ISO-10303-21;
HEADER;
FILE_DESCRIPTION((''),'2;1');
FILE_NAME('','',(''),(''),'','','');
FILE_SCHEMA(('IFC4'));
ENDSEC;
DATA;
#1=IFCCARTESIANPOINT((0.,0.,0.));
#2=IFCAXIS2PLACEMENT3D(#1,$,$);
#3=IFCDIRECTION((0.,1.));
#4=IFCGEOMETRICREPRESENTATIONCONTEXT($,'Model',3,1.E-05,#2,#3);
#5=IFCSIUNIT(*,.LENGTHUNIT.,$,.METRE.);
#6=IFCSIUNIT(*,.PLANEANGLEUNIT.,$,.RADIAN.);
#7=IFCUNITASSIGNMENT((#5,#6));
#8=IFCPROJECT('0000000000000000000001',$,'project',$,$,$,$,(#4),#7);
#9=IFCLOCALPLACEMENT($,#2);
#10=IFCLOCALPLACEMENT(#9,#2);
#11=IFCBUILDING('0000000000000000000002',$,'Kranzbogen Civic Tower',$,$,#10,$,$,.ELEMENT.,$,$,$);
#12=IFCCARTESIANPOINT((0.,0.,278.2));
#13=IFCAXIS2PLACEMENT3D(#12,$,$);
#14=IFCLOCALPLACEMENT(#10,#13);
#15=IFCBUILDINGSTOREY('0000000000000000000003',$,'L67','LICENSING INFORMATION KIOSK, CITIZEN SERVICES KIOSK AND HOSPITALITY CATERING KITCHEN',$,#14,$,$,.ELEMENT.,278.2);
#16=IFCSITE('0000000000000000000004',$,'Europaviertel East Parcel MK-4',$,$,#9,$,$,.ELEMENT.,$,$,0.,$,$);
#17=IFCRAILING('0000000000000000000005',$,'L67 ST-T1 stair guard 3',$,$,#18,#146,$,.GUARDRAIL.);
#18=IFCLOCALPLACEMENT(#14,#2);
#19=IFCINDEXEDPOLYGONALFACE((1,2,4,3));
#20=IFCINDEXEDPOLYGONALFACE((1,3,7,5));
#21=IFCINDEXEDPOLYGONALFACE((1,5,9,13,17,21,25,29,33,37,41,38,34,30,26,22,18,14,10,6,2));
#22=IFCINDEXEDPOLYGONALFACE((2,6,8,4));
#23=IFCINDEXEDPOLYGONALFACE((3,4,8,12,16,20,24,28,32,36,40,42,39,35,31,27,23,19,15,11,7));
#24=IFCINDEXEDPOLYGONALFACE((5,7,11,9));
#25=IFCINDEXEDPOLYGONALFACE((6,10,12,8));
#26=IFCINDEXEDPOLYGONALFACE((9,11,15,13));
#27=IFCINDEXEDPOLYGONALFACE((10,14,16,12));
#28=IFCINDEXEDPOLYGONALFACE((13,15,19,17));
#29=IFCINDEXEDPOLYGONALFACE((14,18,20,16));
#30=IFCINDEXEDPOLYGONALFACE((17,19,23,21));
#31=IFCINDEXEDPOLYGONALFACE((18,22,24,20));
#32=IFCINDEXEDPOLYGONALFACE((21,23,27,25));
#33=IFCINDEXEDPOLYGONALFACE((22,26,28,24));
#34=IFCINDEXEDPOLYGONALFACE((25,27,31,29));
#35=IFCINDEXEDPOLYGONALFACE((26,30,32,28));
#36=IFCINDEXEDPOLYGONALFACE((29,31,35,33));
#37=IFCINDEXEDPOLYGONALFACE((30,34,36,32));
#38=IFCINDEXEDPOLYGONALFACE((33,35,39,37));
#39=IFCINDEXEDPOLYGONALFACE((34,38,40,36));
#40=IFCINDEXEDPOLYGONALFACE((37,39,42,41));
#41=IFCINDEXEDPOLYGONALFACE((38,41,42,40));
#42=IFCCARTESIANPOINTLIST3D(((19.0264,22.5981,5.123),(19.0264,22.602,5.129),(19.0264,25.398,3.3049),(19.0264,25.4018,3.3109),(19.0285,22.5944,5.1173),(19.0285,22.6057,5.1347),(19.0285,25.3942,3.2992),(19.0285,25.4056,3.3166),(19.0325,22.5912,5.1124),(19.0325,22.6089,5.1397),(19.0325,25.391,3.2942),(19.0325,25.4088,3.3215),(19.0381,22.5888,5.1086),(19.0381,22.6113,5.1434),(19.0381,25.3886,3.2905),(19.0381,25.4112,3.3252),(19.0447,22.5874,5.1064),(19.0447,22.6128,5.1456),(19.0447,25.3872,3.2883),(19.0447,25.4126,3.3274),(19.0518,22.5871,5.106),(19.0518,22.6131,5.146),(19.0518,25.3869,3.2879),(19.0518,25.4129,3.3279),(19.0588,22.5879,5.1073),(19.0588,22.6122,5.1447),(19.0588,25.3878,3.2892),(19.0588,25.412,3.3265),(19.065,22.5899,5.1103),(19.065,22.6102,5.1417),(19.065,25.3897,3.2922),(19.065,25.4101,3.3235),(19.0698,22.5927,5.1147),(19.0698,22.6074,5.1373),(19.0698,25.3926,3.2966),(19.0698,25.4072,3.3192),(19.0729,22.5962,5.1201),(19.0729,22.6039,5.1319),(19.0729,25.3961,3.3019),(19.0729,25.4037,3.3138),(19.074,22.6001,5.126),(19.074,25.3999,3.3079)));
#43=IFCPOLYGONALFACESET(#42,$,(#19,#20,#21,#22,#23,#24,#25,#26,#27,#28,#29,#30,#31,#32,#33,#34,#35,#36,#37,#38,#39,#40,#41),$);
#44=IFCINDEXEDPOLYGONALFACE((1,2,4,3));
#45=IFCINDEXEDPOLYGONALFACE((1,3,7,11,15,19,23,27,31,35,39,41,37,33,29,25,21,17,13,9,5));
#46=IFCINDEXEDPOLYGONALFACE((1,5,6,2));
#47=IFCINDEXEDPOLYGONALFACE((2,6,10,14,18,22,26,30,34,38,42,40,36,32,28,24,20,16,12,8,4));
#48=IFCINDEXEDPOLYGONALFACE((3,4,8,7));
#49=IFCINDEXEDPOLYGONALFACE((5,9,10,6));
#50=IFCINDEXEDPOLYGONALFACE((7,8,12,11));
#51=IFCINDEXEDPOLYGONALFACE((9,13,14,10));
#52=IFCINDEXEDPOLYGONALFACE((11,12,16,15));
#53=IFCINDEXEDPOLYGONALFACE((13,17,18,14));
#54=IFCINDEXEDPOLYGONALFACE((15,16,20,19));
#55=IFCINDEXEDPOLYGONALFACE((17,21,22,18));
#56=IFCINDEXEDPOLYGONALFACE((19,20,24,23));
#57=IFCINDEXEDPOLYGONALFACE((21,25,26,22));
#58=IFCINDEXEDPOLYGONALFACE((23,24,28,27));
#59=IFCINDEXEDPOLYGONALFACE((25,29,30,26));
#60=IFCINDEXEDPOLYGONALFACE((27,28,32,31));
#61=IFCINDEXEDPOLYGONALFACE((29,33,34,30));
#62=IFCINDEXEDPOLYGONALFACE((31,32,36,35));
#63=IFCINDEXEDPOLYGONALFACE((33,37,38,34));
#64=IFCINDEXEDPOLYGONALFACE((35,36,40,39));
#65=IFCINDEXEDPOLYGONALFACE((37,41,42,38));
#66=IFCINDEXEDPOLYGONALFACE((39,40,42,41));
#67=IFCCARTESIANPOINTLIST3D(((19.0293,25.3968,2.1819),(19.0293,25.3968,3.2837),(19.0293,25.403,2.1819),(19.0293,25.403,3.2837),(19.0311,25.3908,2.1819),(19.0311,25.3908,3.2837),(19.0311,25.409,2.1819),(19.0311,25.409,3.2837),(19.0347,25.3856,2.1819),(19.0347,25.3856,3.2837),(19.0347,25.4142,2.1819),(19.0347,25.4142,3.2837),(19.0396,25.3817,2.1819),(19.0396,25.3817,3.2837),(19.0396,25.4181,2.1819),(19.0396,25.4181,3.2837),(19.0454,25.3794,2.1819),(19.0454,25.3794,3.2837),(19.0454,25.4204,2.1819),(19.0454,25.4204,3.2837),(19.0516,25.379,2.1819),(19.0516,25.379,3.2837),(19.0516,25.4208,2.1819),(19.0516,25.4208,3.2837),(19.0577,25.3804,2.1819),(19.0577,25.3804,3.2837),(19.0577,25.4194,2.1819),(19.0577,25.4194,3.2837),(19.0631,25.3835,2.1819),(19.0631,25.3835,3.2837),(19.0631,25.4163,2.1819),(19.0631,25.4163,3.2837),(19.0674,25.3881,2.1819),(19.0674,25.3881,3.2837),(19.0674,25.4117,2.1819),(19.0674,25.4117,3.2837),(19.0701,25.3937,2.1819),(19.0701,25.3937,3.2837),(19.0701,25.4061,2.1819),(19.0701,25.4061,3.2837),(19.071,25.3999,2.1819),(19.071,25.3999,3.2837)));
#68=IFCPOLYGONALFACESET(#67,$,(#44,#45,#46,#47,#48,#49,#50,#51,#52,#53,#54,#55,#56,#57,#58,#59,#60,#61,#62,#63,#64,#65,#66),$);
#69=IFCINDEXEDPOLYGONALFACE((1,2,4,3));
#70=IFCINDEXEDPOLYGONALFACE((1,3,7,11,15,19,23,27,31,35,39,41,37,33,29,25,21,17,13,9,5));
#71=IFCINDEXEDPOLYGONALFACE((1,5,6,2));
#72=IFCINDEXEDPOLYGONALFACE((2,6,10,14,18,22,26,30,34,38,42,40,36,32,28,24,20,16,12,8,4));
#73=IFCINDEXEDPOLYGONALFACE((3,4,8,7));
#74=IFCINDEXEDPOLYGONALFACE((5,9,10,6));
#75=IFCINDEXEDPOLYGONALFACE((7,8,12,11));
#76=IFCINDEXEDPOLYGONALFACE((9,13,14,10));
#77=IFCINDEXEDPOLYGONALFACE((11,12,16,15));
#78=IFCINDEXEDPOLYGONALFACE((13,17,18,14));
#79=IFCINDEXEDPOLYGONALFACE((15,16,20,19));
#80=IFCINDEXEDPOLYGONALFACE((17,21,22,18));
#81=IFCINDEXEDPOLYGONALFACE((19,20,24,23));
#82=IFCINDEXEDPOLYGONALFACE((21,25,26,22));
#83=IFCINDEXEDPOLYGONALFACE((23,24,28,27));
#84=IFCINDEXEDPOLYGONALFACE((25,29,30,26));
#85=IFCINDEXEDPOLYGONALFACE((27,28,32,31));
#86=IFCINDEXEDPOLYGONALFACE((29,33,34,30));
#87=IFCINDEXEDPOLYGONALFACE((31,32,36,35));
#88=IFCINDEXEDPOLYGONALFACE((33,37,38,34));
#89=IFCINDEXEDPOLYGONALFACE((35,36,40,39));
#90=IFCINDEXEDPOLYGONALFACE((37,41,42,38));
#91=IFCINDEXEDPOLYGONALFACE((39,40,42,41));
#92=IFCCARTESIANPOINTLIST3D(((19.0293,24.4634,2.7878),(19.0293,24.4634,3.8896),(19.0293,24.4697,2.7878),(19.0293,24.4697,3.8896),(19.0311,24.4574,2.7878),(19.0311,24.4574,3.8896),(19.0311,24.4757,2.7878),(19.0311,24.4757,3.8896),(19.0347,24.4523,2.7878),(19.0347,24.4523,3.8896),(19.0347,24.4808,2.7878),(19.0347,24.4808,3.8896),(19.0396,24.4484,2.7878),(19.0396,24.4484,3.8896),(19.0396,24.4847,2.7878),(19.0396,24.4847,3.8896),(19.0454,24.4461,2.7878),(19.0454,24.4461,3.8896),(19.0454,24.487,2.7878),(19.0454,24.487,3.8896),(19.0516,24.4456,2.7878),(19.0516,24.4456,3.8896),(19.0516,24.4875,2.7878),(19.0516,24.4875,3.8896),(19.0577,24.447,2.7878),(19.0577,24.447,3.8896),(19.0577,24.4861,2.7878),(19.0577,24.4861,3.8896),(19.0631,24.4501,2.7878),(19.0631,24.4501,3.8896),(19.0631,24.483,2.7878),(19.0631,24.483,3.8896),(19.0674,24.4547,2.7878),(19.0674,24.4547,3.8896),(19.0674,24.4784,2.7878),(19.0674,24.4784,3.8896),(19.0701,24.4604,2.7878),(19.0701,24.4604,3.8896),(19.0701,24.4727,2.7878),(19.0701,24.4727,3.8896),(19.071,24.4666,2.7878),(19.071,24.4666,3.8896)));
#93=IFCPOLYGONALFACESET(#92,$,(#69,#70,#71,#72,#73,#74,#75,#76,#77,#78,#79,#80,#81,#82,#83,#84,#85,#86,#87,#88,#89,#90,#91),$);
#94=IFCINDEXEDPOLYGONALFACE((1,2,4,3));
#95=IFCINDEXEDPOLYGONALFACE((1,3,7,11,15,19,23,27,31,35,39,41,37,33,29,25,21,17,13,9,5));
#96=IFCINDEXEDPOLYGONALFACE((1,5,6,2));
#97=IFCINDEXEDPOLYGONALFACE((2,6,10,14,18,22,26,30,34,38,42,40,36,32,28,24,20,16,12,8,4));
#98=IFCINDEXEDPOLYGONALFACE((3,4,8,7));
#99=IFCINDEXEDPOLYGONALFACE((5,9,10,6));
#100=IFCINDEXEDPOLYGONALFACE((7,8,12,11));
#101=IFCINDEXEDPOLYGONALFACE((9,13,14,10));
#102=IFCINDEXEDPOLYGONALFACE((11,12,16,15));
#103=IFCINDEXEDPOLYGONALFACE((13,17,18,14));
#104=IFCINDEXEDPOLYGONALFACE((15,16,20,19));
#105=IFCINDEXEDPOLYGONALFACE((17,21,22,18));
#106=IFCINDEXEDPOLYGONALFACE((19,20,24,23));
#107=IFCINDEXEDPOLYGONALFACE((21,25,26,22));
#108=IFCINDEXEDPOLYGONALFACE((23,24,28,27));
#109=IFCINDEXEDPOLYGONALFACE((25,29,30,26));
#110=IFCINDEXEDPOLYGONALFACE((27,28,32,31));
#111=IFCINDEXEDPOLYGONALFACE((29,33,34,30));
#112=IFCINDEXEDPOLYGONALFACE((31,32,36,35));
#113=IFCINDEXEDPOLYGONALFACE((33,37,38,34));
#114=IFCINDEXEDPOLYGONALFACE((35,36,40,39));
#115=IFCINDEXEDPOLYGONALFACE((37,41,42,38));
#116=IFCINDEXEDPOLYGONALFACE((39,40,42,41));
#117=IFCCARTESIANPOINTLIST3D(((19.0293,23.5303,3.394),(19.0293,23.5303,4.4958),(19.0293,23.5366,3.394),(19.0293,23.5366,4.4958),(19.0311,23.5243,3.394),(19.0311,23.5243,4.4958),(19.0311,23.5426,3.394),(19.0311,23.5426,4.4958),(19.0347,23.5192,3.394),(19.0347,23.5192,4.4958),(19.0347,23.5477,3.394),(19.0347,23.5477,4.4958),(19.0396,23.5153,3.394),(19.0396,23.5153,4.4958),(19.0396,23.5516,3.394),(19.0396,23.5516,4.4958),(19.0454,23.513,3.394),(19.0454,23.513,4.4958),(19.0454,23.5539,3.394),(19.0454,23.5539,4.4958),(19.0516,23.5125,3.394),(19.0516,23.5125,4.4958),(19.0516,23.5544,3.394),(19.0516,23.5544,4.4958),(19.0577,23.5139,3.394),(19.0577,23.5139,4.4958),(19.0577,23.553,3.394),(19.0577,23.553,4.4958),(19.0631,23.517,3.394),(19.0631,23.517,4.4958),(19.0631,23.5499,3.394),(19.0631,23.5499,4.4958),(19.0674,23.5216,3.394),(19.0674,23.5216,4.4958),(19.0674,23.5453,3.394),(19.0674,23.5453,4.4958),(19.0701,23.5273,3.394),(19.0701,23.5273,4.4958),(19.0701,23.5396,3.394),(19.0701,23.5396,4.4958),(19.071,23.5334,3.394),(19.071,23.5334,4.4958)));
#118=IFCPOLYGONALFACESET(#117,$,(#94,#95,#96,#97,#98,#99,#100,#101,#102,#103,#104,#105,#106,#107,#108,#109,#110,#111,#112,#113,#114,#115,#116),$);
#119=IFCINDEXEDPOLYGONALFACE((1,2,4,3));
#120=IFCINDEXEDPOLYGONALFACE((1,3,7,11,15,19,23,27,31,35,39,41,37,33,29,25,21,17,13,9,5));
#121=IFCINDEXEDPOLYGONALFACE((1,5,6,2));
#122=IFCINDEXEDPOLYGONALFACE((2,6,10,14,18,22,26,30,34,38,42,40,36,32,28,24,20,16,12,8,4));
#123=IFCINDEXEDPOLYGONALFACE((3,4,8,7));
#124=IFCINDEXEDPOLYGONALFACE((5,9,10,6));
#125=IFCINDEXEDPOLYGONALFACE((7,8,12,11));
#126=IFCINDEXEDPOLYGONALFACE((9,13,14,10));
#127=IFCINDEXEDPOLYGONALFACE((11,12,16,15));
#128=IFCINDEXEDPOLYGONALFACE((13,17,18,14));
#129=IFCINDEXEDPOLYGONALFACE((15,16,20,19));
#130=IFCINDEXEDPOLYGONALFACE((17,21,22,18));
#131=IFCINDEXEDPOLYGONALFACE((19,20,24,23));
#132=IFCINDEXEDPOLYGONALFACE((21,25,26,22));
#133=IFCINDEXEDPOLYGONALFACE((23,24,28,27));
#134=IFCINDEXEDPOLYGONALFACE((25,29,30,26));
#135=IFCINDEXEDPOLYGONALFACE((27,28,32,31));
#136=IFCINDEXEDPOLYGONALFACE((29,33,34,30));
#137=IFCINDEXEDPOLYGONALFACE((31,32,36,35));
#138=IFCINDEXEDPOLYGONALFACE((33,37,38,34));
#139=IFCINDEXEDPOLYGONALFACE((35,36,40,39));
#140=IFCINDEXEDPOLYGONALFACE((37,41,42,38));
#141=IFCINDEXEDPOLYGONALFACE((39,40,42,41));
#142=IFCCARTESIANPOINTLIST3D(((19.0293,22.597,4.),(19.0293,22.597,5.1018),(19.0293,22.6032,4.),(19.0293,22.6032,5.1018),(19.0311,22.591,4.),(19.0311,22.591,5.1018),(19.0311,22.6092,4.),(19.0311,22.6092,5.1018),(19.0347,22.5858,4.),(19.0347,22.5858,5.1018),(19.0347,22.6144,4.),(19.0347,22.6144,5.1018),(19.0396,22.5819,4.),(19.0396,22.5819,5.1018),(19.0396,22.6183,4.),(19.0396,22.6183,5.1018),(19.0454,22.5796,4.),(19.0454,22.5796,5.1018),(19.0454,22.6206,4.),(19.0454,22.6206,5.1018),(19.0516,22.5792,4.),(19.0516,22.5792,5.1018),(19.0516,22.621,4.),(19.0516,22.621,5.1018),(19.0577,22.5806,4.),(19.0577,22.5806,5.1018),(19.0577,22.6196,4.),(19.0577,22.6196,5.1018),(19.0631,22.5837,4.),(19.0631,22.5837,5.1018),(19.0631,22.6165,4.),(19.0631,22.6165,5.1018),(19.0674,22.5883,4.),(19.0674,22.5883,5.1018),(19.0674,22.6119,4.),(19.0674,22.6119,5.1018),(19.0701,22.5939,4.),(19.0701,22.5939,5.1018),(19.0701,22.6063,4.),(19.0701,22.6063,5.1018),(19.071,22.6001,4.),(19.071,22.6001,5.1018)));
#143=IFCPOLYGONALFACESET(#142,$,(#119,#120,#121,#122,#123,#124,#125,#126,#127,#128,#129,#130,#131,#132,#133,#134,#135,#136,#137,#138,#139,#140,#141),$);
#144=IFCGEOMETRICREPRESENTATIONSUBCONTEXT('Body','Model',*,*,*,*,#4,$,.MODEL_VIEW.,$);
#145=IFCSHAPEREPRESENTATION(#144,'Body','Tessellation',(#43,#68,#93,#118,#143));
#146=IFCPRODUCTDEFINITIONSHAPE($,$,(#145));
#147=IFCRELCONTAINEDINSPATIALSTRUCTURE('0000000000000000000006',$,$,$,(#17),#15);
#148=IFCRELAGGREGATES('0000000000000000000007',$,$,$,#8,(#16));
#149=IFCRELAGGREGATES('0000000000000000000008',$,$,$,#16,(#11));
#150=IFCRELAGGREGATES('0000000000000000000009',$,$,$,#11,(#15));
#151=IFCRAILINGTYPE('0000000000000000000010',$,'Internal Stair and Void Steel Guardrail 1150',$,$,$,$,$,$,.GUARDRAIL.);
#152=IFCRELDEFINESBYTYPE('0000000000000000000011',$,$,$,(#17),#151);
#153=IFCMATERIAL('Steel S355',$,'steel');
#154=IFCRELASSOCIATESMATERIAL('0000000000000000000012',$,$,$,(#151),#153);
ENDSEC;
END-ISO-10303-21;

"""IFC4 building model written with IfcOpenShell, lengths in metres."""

from ifc_helpers import new_model, si_unit, direction, frame, origin, origin_2d, place, context, subcontext, project, spatial, circle, extrude, material, type_object, element, save


model = new_model("IFC4")

# Units and contexts
model_context = context("Model", 3, precision=1e-05, world=origin(), true_north=direction((0.0, 1.0)))
body_context = subcontext(model_context, "Body", "Model", "MODEL_VIEW")
ifc_project = project(units=[si_unit("LENGTHUNIT", "METRE"), si_unit("PLANEANGLEUNIT", "RADIAN")], contexts=[model_context])

# Site, building, storey
site_placement = place(None, origin())
site = spatial("IfcSite", under=ifc_project, at=site_placement, Name="Europaviertel East Parcel MK-4", CompositionType="ELEMENT", RefElevation=0.0)
building_placement = place(site_placement, origin())
building = spatial("IfcBuilding", under=site, at=building_placement, Name="Kranzbogen Civic Tower", CompositionType="ELEMENT")
storey_placement = place(building_placement, frame((0.0, 0.0, 278.2)))
storey = spatial("IfcBuildingStorey", under=building, at=storey_placement, Name="L67", Description="LICENSING INFORMATION KIOSK, CITIZEN SERVICES KIOSK AND HOSPITALITY CATERING KITCHEN", CompositionType="ELEMENT", Elevation=278.2)

# Shared definitions
ifc_material_1 = material(Name="Steel S355", Category="steel")

# Railing
railing_type_1 = type_object("IfcRailingType", Name="Internal Stair and Void Steel Guardrail 1150", PredefinedType="GUARDRAIL", material=ifc_material_1)
railing_1_placement = place(storey_placement, frame((19.05, 25.3999, 2.1819)))
element("IfcRailing", 1, at=railing_1_placement, inside=storey, type_object=railing_type_1, Name="L67 ST-T1 stair guard 3", PredefinedType="GUARDRAIL", context=body_context, shape_type="SweptSolid", body=[
    extrude(circle(Radius=0.0239, at=origin_2d()), frame((0.0, 0.0, 1.126), z_axis=(0.0, -0.838684, 0.544618), x_axis=(1.0, 0.0, 0.0)), (0.0, 0.0, 1.0), 3.3384),
    extrude(circle(Radius=0.021, at=origin_2d()), origin(), (0.0, 0.0, 1.0), 1.1018),
    extrude(circle(Radius=0.021, at=origin_2d()), frame((0.0, -0.9333, 0.606)), (0.0, 0.0, 1.0), 1.1018),
    extrude(circle(Radius=0.021, at=origin_2d()), frame((0.0, -1.8665, 1.2122)), (0.0, 0.0, 1.0), 1.1018),
    extrude(circle(Radius=0.021, at=origin_2d()), frame((0.0, -2.7998, 1.8181)), (0.0, 0.0, 1.0), 1.1018),
])

save(model, "model.ifc")
